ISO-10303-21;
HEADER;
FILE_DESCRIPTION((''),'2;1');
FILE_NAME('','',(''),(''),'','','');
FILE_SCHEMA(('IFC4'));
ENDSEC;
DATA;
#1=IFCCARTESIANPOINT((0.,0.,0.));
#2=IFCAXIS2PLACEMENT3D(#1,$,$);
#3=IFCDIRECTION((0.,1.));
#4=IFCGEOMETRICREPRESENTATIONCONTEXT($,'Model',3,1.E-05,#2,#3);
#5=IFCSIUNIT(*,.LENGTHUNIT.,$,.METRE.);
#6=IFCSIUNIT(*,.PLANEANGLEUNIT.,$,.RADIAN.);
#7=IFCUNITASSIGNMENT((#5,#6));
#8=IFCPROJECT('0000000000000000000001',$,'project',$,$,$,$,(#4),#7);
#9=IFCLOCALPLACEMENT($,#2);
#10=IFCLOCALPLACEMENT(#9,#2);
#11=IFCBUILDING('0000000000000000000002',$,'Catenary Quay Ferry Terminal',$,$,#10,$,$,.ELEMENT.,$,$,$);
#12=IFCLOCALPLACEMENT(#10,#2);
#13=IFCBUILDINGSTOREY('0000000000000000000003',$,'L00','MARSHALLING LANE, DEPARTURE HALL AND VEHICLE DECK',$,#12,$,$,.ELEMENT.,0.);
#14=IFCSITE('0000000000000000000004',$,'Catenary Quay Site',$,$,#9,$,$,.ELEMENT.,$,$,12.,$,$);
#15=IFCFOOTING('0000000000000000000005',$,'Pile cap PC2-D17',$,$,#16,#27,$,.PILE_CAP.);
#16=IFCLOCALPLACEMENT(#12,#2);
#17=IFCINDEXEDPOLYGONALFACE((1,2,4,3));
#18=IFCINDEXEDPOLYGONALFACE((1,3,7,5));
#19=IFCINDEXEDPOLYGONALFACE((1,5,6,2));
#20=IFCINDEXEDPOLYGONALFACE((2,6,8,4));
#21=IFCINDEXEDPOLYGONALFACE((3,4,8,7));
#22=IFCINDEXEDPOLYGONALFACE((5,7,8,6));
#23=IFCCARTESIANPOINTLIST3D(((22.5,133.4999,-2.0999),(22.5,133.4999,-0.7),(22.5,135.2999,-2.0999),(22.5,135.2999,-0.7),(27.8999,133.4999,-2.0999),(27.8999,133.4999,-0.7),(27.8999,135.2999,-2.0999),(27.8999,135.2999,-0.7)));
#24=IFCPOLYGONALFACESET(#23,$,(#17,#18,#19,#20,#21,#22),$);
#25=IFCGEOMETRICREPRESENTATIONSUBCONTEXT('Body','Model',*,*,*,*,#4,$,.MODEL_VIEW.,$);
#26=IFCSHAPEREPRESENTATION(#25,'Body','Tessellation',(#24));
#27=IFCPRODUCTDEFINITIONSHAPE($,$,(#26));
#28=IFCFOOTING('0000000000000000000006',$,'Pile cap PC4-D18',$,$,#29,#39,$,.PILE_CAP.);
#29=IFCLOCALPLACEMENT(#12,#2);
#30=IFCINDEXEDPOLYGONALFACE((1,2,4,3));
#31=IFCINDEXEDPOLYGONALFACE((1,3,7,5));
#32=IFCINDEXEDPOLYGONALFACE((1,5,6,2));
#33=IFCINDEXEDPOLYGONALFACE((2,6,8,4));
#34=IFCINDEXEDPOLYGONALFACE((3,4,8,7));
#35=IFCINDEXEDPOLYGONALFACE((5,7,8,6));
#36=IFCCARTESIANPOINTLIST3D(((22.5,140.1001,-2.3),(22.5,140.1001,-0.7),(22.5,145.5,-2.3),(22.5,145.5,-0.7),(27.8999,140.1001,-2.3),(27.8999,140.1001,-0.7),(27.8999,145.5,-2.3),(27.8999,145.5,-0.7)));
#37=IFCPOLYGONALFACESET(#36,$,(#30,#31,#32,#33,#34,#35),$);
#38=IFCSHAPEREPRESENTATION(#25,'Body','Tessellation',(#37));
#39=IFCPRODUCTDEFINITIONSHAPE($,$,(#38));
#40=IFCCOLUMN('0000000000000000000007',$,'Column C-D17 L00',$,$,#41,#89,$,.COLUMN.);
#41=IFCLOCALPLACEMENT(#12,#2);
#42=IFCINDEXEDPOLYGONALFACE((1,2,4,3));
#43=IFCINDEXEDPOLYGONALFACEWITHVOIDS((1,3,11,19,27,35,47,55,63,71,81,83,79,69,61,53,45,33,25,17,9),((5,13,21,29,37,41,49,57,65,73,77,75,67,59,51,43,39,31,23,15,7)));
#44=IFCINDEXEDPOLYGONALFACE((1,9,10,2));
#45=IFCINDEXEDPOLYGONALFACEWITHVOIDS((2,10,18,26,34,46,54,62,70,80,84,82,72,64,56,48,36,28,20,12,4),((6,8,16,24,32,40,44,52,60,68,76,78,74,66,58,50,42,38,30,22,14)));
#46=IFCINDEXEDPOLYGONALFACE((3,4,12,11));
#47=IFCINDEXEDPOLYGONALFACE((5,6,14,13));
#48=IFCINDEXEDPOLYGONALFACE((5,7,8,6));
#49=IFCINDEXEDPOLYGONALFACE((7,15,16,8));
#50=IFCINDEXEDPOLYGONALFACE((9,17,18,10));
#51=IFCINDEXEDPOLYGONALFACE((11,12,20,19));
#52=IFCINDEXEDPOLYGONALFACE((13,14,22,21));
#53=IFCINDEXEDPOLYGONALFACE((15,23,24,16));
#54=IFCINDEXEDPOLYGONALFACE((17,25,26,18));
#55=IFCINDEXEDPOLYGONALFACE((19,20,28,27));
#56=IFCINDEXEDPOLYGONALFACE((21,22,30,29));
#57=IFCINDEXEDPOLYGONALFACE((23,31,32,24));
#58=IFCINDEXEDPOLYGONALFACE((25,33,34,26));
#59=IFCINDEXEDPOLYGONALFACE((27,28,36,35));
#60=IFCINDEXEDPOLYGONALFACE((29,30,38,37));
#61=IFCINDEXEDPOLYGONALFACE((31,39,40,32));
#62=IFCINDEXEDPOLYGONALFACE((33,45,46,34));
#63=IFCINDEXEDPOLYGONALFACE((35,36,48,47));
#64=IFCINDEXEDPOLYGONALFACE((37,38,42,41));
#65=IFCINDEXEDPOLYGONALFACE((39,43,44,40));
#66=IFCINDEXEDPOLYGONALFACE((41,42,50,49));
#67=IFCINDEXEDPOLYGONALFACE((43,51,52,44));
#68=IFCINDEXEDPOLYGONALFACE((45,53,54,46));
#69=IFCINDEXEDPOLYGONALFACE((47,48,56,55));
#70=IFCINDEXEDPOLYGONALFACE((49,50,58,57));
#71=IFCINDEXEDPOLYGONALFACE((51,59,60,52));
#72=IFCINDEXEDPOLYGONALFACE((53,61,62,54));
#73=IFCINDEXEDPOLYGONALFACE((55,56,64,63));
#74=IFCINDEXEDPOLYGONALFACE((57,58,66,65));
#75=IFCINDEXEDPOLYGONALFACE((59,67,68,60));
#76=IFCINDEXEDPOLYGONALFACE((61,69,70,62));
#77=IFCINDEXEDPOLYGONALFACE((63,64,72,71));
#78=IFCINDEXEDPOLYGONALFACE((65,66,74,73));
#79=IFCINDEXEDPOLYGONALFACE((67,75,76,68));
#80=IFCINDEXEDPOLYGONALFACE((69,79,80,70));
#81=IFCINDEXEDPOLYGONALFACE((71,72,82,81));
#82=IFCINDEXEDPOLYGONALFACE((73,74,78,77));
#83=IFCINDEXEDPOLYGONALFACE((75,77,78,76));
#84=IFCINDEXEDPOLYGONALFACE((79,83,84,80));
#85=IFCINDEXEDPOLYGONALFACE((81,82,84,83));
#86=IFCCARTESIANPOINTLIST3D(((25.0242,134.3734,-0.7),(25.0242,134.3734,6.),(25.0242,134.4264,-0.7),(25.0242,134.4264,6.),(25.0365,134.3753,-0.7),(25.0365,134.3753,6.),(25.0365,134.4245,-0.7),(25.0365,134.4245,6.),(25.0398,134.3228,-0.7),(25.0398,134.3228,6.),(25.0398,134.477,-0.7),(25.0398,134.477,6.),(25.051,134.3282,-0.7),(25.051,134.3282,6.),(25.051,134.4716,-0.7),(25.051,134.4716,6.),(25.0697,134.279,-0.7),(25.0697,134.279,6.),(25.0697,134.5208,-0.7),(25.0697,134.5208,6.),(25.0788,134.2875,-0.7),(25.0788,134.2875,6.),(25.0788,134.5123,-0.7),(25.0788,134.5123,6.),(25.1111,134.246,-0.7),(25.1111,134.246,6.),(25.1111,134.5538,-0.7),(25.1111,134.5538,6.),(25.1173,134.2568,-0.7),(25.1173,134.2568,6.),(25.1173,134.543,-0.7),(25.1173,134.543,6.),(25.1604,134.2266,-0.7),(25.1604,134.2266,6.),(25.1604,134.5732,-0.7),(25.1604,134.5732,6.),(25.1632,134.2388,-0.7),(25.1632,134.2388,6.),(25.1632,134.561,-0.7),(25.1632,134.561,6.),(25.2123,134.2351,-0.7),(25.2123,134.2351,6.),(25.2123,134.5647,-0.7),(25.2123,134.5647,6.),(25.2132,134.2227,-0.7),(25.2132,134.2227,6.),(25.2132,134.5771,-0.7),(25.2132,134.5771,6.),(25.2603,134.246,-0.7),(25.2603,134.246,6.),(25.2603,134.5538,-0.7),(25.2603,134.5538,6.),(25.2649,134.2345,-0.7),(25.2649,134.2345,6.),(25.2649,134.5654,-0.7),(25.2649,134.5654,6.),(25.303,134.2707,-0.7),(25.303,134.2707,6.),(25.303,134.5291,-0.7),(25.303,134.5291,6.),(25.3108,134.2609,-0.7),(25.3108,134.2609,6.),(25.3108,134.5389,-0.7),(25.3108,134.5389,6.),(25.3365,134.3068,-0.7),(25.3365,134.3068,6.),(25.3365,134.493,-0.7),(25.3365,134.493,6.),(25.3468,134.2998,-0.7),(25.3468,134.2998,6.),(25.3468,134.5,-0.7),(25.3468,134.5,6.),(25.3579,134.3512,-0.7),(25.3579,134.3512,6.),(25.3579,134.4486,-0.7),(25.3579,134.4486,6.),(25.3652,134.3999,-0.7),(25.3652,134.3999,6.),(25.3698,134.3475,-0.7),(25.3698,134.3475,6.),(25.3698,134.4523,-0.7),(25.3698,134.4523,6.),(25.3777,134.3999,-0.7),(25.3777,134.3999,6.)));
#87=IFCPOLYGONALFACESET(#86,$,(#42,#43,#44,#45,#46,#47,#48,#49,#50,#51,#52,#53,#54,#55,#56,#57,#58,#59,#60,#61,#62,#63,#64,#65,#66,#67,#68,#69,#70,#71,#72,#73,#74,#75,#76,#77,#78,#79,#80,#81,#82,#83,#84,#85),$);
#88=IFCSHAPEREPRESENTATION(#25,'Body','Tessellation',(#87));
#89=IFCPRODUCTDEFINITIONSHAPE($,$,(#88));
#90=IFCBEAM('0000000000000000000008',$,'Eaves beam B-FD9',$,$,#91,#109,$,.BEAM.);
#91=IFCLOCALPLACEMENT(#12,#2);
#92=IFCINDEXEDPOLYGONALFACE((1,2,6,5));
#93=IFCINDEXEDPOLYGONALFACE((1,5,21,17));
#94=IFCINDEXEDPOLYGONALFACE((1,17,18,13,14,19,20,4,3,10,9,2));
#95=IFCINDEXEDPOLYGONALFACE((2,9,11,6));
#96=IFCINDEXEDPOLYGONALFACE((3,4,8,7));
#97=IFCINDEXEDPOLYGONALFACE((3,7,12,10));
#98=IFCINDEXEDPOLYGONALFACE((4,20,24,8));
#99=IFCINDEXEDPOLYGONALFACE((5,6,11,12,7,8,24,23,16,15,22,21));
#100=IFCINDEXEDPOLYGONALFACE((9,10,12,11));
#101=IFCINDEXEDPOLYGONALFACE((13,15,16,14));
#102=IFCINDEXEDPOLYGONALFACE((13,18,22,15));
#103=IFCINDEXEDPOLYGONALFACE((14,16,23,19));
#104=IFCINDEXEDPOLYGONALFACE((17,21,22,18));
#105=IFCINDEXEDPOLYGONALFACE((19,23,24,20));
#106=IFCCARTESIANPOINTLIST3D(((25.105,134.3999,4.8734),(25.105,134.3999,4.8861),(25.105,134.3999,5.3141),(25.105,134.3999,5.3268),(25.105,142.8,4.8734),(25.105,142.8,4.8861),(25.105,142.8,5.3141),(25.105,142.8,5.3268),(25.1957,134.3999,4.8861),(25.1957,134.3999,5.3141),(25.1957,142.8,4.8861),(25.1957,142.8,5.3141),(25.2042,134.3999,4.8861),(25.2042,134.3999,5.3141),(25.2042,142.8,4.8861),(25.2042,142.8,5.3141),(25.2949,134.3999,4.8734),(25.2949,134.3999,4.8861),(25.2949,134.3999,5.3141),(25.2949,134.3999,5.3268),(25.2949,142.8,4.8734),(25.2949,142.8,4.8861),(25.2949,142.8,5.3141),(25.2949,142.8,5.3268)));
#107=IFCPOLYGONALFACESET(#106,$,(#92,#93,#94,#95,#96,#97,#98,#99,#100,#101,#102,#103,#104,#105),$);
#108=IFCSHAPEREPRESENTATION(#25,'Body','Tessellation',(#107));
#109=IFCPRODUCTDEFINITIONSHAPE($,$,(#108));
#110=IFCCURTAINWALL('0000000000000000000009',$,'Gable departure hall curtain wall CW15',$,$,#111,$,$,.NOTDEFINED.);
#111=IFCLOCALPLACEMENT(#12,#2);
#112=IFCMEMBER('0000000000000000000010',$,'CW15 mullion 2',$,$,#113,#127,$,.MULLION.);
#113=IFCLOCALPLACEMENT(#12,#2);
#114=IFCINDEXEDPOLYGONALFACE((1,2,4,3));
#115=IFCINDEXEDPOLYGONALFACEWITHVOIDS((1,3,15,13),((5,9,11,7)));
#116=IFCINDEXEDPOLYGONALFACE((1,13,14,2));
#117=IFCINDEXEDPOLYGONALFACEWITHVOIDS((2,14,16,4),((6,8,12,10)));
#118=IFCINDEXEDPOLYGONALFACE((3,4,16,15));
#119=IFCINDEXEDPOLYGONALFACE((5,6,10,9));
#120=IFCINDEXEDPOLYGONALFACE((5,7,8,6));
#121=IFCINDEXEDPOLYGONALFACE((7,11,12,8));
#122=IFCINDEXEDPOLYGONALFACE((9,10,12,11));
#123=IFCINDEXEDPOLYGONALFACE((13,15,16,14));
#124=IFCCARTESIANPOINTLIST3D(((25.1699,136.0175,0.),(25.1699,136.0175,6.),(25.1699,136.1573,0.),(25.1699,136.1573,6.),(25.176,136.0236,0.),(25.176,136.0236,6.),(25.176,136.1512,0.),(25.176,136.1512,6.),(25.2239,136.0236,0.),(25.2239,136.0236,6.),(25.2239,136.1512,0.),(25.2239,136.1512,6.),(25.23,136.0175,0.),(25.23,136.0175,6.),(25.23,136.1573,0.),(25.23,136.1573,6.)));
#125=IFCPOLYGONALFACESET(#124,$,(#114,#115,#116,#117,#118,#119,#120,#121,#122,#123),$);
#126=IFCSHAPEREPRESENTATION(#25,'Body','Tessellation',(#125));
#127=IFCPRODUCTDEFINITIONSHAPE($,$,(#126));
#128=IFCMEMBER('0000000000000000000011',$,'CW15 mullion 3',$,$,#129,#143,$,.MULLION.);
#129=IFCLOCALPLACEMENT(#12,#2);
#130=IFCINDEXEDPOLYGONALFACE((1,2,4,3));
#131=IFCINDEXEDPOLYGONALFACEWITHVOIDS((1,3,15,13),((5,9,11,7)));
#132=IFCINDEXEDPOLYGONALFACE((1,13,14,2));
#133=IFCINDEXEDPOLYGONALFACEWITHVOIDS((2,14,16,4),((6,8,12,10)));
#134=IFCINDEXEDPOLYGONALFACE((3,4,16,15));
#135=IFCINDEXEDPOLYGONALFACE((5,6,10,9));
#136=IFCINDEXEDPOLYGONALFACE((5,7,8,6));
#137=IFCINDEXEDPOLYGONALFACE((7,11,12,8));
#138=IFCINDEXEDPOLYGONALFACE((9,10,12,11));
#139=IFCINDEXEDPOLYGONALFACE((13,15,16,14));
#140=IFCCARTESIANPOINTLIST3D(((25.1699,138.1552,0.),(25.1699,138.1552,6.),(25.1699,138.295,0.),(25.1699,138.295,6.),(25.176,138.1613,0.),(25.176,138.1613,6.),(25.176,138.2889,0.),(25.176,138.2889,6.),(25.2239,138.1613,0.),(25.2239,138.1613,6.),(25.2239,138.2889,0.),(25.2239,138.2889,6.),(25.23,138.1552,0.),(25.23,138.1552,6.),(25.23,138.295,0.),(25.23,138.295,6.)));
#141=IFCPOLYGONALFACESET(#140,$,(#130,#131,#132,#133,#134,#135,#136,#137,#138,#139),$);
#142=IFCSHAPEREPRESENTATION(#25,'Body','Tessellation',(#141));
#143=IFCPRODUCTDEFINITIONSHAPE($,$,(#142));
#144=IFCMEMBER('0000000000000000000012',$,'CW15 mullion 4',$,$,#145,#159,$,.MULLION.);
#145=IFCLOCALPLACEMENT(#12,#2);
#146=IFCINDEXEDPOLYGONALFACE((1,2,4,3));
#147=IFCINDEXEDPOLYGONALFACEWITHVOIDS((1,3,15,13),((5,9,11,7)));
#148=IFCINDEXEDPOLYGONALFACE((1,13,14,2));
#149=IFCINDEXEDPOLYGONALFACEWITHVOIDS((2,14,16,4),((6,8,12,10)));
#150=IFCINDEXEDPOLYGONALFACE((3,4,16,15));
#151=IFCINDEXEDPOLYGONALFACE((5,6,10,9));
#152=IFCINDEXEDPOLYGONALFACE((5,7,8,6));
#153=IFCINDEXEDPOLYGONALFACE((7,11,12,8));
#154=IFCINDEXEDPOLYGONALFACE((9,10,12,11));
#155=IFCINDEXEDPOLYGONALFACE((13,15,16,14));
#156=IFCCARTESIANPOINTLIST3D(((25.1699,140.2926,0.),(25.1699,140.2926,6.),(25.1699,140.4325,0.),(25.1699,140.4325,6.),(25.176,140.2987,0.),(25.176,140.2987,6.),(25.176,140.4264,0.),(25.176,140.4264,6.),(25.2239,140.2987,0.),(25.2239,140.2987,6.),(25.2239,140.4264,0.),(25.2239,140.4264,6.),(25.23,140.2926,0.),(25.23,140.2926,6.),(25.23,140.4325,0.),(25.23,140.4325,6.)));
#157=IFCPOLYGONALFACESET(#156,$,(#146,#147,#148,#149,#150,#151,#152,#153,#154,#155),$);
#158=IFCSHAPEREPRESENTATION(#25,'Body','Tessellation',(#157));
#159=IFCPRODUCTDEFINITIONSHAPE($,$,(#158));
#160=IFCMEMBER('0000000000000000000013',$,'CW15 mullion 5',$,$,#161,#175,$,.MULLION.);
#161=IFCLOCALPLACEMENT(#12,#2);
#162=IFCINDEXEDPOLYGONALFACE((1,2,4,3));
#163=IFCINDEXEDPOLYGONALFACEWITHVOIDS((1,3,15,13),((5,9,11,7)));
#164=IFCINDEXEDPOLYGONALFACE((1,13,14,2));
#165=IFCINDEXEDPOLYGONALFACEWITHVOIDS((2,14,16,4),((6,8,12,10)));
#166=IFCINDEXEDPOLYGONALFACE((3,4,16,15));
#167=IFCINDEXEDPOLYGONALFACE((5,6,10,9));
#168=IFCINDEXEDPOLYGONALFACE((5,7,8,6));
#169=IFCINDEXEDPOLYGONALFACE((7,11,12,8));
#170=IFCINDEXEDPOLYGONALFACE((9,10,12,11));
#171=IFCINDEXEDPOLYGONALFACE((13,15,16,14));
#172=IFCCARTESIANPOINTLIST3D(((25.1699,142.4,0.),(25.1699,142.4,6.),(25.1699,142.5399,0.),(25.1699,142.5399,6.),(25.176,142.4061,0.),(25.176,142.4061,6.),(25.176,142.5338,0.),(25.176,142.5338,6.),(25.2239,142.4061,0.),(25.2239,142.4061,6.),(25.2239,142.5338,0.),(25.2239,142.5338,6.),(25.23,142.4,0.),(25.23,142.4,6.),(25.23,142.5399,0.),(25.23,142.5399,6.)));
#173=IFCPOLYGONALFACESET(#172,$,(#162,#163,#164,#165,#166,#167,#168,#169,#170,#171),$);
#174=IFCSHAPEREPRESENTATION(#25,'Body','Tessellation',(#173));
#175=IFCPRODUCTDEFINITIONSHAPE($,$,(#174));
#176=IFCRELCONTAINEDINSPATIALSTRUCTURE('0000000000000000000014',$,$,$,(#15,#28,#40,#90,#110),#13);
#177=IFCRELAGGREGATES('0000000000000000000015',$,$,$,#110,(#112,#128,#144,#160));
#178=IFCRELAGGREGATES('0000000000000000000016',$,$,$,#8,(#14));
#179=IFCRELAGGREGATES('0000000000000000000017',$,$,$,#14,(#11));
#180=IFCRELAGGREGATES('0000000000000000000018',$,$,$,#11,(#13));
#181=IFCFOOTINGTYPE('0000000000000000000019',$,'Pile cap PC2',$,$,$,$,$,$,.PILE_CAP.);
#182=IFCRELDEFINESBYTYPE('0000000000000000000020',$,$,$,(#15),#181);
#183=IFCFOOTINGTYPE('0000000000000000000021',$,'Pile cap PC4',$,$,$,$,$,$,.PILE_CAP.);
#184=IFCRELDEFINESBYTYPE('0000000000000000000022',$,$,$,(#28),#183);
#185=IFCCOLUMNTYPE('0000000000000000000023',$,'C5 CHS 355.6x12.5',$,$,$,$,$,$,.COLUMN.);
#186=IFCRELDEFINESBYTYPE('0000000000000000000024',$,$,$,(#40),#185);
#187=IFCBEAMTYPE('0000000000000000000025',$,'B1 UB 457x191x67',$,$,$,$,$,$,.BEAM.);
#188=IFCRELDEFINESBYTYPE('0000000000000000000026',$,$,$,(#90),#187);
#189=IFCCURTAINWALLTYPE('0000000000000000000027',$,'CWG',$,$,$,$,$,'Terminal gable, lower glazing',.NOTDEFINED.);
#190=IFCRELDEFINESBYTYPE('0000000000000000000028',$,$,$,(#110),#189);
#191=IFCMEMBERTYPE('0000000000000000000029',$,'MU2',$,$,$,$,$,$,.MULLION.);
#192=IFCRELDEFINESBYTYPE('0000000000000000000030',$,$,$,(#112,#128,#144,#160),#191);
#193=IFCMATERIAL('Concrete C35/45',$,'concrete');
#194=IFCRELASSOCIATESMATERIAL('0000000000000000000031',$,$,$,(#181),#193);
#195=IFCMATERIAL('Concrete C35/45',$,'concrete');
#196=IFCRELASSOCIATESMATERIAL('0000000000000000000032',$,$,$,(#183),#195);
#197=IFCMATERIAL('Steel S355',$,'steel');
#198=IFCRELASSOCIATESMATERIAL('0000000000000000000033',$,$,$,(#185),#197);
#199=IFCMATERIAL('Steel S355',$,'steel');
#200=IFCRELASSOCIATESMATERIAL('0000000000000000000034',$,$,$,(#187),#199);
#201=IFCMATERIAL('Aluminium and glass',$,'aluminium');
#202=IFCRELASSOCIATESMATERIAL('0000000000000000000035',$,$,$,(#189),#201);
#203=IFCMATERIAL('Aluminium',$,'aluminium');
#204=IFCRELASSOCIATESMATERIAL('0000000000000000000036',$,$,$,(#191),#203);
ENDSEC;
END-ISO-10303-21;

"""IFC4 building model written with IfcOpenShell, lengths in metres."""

from ifc_helpers import new_model, si_unit, direction, frame, origin, origin_2d, place, context, subcontext, project, spatial, rectangle, hollow_rectangle, hollow_circle, i_section, extrude, material, material_profile, profile_set, type_object, element, aggregate, save


model = new_model("IFC4")

# Units and contexts
model_context = context("Model", 3, precision=1e-05, world=origin(), true_north=direction((0.0, 1.0)))
body_context = subcontext(model_context, "Body", "Model", "MODEL_VIEW")
ifc_project = project(units=[si_unit("LENGTHUNIT", "METRE"), si_unit("PLANEANGLEUNIT", "RADIAN")], contexts=[model_context])

# Site, building, storey
site_placement = place(None, origin())
site = spatial("IfcSite", under=ifc_project, at=site_placement, Name="Catenary Quay Site", CompositionType="ELEMENT", RefElevation=12.0)
building_placement = place(site_placement, origin())
building = spatial("IfcBuilding", under=site, at=building_placement, Name="Catenary Quay Ferry Terminal", CompositionType="ELEMENT")
storey_placement = place(building_placement, origin())
storey = spatial("IfcBuildingStorey", under=building, at=storey_placement, Name="L00", Description="MARSHALLING LANE, DEPARTURE HALL AND VEHICLE DECK", CompositionType="ELEMENT", Elevation=0.0)

# Footings
ifc_material_1 = material(Name="Concrete C35/45", Category="concrete")
footing_type_1 = type_object("IfcFootingType", Name="Pile cap PC2", PredefinedType="PILE_CAP", material=ifc_material_1)
footing_1_placement = place(storey_placement, frame((25.2, 134.3999, -2.0999), z_axis=(0.0, 0.0, 1.0), x_axis=(1.0, 0.0, 0.0)))
element("IfcFooting", 1, at=footing_1_placement, inside=storey, type_object=footing_type_1, Name="Pile cap PC2-D17", PredefinedType="PILE_CAP", context=body_context, shape_type="SweptSolid", body=[
    extrude(rectangle(XDim=5.3999, YDim=1.8, at=origin_2d()), origin(), (0.0, 0.0, 1.0), 1.3999),
])
ifc_material_2 = material(Name="Concrete C35/45", Category="concrete")
footing_type_2 = type_object("IfcFootingType", Name="Pile cap PC4", PredefinedType="PILE_CAP", material=ifc_material_2)
footing_2_placement = place(storey_placement, frame((25.2, 142.8, -2.3), z_axis=(0.0, 0.0, 1.0), x_axis=(1.0, 0.0, 0.0)))
element("IfcFooting", 2, at=footing_2_placement, inside=storey, type_object=footing_type_2, Name="Pile cap PC4-D18", PredefinedType="PILE_CAP", context=body_context, shape_type="SweptSolid", body=[
    extrude(rectangle(XDim=5.3999, YDim=5.3999, at=origin_2d()), origin(), (0.0, 0.0, 1.0), 1.6001),
])

# Column
ifc_material_3 = material(Name="Steel S355", Category="steel")
ifc_material_profile_1 = material_profile(ifc_material_3, hollow_circle(Radius=0.1777, WallThickness=0.0125, at=origin_2d()), Name="CHS 355.6x12.5")
ifc_profile_set_1 = profile_set([ifc_material_profile_1], Name="Steel S355")
column_type = type_object("IfcColumnType", Name="C5 CHS 355.6x12.5", PredefinedType="COLUMN", material=ifc_profile_set_1)
column_placement = place(storey_placement, frame((25.2, 134.3999, -0.7), z_axis=(0.0, 0.0, 1.0), x_axis=(1.0, 0.0, 0.0)))
element("IfcColumn", 3, at=column_placement, inside=storey, type_object=column_type, Name="Column C-D17 L00", PredefinedType="COLUMN", context=body_context, shape_type="SweptSolid", body=[
    extrude(hollow_circle(Radius=0.1777, WallThickness=0.0125, at=origin_2d()), origin(), (0.0, 0.0, 1.0), 6.7),
])

# Beam
ifc_material_4 = material(Name="Steel S355", Category="steel")
ifc_material_profile_2 = material_profile(ifc_material_4, i_section(OverallWidth=0.1899, OverallDepth=0.4534, WebThickness=0.0085, FlangeThickness=0.0127, at=origin_2d()), Name="UB 457x191x67")
ifc_profile_set_2 = profile_set([ifc_material_profile_2], Name="Steel S355")
beam_type = type_object("IfcBeamType", Name="B1 UB 457x191x67", PredefinedType="BEAM", material=ifc_profile_set_2)
beam_placement = place(storey_placement, frame((25.2, 134.3999, 5.1001), z_axis=(0.0, 1.0, 0.0), x_axis=(-1.0, 0.0, 0.0)))
element("IfcBeam", 4, at=beam_placement, inside=storey, type_object=beam_type, Name="Eaves beam B-FD9", PredefinedType="BEAM", context=body_context, shape_type="SweptSolid", body=[
    extrude(i_section(OverallWidth=0.1899, OverallDepth=0.4534, WebThickness=0.0085, FlangeThickness=0.0127, at=origin_2d()), origin(), (0.0, 0.0, 1.0), 8.4001),
])

# Curtain wall, members
ifc_material_5 = material(Name="Aluminium and glass", Category="aluminium")
curtain_wall_type = type_object("IfcCurtainWallType", Name="CWG", ElementType="Terminal gable, lower glazing", PredefinedType="NOTDEFINED", material=ifc_material_5)
curtain_wall_placement = place(storey_placement, origin())
curtain_wall = element("IfcCurtainWall", 5, at=curtain_wall_placement, inside=storey, type_object=curtain_wall_type, Name="Gable departure hall curtain wall CW15", PredefinedType="NOTDEFINED")
ifc_material_6 = material(Name="Aluminium", Category="aluminium")
ifc_material_profile_3 = material_profile(ifc_material_6, hollow_rectangle(XDim=0.0601, YDim=0.1399, WallThickness=0.0061, at=origin_2d()), Name="MU2")
ifc_profile_set_3 = profile_set([ifc_material_profile_3], Name="Aluminium")
member_type_1 = type_object("IfcMemberType", Name="MU2", PredefinedType="MULLION", material=ifc_profile_set_3)
member_1_placement = place(storey_placement, frame((25.2, 136.0874, 0.0), z_axis=(0.0, 0.0, 1.0), x_axis=(-1.0, 0.0, 0.0)))
member_1 = element("IfcMember", 6, at=member_1_placement, type_object=member_type_1, Name="CW15 mullion 2", PredefinedType="MULLION", context=body_context, shape_type="SweptSolid", body=[
    extrude(hollow_rectangle(XDim=0.0601, YDim=0.1399, WallThickness=0.0061, at=origin_2d()), origin(), (0.0, 0.0, 1.0), 6.0),
])
member_2_placement = place(storey_placement, frame((25.2, 138.2251, 0.0), z_axis=(0.0, 0.0, 1.0), x_axis=(-1.0, 0.0, 0.0)))
member_2 = element("IfcMember", 7, at=member_2_placement, type_object=member_type_1, Name="CW15 mullion 3", PredefinedType="MULLION", context=body_context, shape_type="SweptSolid", body=[
    extrude(hollow_rectangle(XDim=0.0601, YDim=0.1399, WallThickness=0.0061, at=origin_2d()), origin(), (0.0, 0.0, 1.0), 6.0),
])
member_3_placement = place(storey_placement, frame((25.2, 140.3625, 0.0), z_axis=(0.0, 0.0, 1.0), x_axis=(-1.0, 0.0, 0.0)))
member_3 = element("IfcMember", 8, at=member_3_placement, type_object=member_type_1, Name="CW15 mullion 4", PredefinedType="MULLION", context=body_context, shape_type="SweptSolid", body=[
    extrude(hollow_rectangle(XDim=0.0601, YDim=0.1399, WallThickness=0.0061, at=origin_2d()), origin(), (0.0, 0.0, 1.0), 6.0),
])
member_4_placement = place(storey_placement, frame((25.2, 142.47, 0.0), z_axis=(0.0, 0.0, 1.0), x_axis=(-1.0, 0.0, 0.0)))
member_4 = element("IfcMember", 9, at=member_4_placement, type_object=member_type_1, Name="CW15 mullion 5", PredefinedType="MULLION", context=body_context, shape_type="SweptSolid", body=[
    extrude(hollow_rectangle(XDim=0.0601, YDim=0.1399, WallThickness=0.0061, at=origin_2d()), origin(), (0.0, 0.0, 1.0), 6.0),
])
aggregate(curtain_wall, [member_1, member_2, member_3, member_4])

save(model, "model.ifc")
